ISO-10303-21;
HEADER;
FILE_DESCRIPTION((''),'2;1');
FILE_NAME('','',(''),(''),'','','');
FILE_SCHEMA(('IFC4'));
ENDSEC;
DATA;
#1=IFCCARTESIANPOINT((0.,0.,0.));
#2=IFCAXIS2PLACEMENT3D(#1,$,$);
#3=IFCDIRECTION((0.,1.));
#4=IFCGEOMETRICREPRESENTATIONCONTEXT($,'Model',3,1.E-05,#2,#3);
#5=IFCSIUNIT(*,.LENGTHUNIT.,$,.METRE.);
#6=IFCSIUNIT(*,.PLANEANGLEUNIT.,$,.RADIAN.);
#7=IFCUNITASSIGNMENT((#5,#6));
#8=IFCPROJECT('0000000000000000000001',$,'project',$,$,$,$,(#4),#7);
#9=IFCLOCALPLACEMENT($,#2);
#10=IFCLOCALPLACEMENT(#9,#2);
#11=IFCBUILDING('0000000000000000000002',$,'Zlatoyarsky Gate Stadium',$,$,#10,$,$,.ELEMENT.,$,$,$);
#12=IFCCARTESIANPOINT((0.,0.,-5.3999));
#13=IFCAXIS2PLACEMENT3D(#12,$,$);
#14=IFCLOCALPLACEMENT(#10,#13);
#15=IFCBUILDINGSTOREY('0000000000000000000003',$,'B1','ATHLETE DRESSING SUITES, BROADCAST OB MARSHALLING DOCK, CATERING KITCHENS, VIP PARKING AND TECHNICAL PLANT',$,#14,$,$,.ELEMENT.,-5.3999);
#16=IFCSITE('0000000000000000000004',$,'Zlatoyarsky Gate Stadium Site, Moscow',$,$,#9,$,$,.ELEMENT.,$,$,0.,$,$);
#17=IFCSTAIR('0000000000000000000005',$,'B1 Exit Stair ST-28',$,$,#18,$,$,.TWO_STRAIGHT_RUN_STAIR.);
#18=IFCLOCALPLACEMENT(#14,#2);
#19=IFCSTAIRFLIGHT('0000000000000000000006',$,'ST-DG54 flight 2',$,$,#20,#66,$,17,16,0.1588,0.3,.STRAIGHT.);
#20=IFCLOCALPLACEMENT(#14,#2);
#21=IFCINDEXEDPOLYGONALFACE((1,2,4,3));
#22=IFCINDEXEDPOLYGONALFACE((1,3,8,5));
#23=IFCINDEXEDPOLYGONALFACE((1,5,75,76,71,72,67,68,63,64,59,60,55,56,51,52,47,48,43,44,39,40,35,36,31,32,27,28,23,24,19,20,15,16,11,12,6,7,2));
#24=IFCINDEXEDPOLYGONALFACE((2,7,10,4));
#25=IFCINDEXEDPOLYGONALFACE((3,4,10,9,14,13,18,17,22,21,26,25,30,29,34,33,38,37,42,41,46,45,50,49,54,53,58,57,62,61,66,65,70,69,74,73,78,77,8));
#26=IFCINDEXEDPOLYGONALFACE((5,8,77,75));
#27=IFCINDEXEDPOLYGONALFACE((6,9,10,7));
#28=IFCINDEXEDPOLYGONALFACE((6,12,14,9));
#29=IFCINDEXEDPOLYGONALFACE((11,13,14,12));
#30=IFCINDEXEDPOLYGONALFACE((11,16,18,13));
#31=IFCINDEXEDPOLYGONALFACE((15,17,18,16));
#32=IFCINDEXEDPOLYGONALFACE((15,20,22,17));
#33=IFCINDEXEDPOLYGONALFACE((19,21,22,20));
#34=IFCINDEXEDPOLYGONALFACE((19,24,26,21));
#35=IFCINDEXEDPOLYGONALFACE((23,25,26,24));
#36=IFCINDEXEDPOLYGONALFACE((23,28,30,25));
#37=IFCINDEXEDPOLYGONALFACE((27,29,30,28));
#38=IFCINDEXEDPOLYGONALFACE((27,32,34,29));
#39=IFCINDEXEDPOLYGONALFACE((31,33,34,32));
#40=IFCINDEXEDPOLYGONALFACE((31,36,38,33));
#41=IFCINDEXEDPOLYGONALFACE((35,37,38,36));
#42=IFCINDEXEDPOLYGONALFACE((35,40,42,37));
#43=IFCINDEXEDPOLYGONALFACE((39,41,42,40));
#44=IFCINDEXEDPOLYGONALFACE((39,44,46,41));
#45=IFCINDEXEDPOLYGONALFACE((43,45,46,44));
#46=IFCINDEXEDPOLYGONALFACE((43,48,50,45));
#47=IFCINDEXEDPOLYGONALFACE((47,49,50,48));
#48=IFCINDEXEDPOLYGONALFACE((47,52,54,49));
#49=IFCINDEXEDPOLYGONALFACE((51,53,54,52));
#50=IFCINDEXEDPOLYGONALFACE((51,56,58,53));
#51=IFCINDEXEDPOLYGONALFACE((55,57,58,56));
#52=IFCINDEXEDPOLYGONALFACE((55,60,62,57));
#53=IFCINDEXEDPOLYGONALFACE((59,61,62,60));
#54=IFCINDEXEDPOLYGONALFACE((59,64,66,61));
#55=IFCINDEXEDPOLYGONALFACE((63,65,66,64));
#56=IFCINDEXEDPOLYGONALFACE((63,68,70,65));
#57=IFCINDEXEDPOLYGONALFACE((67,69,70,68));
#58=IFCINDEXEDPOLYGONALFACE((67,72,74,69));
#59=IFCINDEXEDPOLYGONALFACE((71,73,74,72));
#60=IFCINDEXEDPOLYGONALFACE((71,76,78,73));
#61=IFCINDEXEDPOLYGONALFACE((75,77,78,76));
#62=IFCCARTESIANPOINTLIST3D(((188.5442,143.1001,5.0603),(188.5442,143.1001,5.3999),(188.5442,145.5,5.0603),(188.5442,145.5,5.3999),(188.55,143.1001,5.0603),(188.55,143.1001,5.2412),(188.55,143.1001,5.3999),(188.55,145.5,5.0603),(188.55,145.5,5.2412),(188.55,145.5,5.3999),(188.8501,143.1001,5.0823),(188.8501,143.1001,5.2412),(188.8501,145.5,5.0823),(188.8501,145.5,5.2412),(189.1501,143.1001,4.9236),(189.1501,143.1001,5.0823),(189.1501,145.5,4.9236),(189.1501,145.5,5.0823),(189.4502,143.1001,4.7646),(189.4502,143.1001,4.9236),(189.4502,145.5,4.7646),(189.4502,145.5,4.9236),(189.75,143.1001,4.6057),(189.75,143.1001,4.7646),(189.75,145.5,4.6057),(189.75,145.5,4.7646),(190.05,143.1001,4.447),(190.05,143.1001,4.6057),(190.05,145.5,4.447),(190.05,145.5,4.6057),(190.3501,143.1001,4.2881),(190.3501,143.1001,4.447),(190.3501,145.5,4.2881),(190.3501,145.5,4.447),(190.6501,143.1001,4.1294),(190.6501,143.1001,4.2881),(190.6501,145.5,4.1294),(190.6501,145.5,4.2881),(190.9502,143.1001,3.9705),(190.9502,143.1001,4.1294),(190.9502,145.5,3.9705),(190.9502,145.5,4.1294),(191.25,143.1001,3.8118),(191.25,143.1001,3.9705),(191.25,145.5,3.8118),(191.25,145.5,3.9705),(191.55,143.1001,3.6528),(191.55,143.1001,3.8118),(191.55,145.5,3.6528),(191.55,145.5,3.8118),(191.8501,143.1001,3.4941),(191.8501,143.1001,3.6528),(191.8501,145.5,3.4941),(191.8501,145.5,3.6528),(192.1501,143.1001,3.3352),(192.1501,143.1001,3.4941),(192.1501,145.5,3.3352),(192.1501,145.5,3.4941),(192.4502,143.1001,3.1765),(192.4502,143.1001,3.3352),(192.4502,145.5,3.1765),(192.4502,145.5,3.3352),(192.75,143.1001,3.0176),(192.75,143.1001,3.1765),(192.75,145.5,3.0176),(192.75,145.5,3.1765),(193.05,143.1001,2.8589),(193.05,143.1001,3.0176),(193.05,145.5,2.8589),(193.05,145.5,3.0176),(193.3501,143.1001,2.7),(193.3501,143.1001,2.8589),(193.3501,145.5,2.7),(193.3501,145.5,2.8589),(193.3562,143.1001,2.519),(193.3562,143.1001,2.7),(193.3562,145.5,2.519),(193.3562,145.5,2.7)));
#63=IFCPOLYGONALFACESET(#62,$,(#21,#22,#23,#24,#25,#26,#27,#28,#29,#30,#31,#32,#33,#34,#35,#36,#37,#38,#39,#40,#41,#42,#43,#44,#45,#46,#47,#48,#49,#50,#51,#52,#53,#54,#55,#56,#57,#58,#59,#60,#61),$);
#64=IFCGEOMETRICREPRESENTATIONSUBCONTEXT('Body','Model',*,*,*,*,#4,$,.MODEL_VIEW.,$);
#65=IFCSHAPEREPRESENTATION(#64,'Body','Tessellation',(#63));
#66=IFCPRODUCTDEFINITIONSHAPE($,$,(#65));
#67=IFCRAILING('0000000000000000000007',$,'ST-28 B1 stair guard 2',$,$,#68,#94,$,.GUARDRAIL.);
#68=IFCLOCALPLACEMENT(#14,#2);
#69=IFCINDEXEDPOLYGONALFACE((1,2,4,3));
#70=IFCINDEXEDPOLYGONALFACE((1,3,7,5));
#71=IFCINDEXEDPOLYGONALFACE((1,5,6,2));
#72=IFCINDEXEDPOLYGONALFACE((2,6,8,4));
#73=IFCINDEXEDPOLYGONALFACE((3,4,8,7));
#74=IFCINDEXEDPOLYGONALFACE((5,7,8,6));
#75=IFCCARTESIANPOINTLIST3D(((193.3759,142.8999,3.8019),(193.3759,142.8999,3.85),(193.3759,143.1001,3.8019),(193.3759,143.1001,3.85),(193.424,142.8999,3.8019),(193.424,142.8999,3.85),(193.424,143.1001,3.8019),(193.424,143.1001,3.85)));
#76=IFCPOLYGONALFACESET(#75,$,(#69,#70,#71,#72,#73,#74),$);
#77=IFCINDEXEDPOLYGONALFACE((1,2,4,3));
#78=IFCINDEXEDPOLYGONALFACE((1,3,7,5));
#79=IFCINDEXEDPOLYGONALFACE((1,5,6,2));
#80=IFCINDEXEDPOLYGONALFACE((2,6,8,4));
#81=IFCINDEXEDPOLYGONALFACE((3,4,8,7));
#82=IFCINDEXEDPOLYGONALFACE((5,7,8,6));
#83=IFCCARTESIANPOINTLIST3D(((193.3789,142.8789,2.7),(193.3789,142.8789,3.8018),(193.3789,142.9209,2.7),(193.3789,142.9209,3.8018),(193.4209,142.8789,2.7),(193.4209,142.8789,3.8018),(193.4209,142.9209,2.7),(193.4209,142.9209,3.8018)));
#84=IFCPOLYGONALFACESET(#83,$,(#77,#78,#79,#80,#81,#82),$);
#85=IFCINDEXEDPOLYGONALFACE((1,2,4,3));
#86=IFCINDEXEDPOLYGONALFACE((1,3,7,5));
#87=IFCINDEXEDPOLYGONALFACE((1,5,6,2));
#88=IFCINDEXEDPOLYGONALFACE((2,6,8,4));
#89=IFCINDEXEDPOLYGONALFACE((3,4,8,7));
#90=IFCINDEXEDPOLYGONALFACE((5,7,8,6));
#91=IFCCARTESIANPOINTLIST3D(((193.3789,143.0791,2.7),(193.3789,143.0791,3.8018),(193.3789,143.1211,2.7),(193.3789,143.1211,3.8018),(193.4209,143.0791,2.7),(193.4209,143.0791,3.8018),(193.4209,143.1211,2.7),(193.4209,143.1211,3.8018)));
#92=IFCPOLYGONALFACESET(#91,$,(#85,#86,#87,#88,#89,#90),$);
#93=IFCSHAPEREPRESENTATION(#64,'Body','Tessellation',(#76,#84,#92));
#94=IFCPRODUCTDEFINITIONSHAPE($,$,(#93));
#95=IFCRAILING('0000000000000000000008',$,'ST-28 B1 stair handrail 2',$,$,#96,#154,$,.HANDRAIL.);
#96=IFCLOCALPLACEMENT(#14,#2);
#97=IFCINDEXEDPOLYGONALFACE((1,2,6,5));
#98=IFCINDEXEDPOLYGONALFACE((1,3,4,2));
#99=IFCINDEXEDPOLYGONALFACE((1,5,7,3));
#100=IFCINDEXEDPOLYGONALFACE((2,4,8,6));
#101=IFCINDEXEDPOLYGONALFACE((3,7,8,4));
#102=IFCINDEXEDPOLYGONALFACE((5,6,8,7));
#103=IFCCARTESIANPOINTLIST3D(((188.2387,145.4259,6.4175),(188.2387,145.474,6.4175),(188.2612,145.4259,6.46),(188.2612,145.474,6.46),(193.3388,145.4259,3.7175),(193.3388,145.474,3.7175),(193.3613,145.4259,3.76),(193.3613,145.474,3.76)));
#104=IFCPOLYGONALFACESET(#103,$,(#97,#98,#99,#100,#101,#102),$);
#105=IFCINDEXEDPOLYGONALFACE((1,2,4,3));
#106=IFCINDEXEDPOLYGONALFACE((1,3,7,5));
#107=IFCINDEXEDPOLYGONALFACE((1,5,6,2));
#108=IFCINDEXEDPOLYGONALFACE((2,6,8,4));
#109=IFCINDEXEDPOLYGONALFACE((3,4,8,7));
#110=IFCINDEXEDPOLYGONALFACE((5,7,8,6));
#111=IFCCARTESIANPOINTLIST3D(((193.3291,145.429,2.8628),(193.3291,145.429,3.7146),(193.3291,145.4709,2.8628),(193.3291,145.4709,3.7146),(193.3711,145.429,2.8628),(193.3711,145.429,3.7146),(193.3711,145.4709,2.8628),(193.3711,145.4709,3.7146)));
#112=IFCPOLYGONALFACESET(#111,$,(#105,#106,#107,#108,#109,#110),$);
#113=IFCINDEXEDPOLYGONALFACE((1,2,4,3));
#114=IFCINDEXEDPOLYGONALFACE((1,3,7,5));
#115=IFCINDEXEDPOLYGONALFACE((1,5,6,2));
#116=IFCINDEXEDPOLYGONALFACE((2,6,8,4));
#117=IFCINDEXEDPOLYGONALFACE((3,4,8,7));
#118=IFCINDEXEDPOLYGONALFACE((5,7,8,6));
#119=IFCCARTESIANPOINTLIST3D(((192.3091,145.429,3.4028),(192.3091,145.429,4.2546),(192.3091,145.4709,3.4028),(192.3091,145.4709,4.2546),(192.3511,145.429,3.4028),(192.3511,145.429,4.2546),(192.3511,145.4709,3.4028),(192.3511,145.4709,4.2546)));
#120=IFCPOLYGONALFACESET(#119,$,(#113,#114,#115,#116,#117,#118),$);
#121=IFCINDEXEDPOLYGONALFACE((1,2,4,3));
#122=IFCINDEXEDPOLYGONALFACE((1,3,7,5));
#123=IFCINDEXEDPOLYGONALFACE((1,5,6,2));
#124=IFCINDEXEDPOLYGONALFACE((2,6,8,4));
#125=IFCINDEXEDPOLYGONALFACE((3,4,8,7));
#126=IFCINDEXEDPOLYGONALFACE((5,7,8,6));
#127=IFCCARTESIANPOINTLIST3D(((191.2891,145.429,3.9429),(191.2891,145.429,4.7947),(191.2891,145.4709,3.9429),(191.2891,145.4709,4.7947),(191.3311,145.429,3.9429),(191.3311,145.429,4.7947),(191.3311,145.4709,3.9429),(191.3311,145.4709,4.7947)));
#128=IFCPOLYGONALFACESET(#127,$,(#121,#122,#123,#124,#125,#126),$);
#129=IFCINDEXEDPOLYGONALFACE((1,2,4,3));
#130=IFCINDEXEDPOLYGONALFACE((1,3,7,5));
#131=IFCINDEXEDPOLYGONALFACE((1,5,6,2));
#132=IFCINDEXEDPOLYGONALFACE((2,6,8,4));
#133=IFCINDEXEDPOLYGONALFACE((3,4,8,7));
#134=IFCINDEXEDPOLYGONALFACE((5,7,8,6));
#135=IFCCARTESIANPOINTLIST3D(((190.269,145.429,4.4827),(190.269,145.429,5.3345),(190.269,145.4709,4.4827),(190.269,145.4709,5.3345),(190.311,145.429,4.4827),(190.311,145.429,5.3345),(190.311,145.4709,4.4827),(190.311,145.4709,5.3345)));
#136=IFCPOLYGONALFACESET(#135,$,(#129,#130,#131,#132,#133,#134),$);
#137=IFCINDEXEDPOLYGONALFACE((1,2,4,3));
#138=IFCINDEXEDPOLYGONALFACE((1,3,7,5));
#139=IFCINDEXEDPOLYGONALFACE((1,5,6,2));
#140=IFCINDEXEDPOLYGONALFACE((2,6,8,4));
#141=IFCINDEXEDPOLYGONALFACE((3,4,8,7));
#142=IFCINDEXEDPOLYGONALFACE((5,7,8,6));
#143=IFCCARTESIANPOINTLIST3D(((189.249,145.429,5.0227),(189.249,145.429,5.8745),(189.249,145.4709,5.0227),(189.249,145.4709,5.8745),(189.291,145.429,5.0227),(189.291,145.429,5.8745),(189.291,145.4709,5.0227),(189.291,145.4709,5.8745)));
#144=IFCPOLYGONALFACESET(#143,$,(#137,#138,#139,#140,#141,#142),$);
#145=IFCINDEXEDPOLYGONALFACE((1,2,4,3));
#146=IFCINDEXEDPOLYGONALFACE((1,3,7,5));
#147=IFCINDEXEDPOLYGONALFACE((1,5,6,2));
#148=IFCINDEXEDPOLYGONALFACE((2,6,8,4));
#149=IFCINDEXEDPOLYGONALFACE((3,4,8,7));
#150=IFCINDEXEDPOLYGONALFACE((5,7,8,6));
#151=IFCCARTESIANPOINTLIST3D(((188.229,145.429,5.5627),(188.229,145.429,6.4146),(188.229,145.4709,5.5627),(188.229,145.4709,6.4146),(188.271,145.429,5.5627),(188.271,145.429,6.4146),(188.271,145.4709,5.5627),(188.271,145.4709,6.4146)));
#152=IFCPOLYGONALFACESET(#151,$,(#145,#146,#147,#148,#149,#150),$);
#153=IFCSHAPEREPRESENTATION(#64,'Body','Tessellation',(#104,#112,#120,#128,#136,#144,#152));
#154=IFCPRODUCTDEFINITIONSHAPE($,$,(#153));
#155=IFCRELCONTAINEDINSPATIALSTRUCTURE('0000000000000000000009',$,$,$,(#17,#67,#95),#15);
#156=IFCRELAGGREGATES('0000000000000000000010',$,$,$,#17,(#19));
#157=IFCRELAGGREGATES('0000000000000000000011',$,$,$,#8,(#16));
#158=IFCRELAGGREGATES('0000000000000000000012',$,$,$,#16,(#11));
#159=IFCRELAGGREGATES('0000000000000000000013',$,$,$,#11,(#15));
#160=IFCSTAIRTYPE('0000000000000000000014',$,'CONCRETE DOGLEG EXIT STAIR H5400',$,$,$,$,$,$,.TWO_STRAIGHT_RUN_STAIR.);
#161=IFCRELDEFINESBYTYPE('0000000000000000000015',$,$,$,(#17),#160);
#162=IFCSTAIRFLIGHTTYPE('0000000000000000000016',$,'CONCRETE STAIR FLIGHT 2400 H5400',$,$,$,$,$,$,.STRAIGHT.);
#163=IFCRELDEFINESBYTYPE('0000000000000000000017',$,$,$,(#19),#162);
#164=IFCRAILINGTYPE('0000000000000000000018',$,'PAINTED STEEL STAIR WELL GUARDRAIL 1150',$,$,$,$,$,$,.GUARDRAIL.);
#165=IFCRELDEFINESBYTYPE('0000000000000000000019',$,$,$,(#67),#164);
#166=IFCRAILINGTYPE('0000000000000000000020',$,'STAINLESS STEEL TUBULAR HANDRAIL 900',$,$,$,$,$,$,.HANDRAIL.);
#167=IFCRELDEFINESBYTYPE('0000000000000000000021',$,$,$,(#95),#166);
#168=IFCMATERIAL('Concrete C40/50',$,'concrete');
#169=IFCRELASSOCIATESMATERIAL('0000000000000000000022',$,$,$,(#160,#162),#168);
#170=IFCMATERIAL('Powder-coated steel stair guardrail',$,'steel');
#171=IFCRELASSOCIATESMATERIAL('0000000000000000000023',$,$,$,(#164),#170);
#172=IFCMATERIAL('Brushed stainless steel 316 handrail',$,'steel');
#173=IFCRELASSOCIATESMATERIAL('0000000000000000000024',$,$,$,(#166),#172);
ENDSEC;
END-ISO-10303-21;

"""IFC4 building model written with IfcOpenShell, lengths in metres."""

from ifc_helpers import new_model, si_unit, direction, frame, origin, origin_2d, place, context, subcontext, project, spatial, polyline, rectangle, outline, extrude, material, type_object, element, aggregate, save


model = new_model("IFC4")

# Units and contexts
model_context = context("Model", 3, precision=1e-05, world=origin(), true_north=direction((0.0, 1.0)))
body_context = subcontext(model_context, "Body", "Model", "MODEL_VIEW")
ifc_project = project(units=[si_unit("LENGTHUNIT", "METRE"), si_unit("PLANEANGLEUNIT", "RADIAN")], contexts=[model_context])

# Site, building, storey
site_placement = place(None, origin())
site = spatial("IfcSite", under=ifc_project, at=site_placement, Name="Zlatoyarsky Gate Stadium Site, Moscow", CompositionType="ELEMENT", RefElevation=0.0)
building_placement = place(site_placement, origin())
building = spatial("IfcBuilding", under=site, at=building_placement, Name="Zlatoyarsky Gate Stadium", CompositionType="ELEMENT")
storey_placement = place(building_placement, frame((0.0, 0.0, -5.3999)))
storey = spatial("IfcBuildingStorey", under=building, at=storey_placement, Name="B1", Description="ATHLETE DRESSING SUITES, BROADCAST OB MARSHALLING DOCK, CATERING KITCHENS, VIP PARKING AND TECHNICAL PLANT", CompositionType="ELEMENT", Elevation=-5.3999)

# Shared definitions
ifc_material_1 = material(Name="Concrete C40/50", Category="concrete")

# Stair, stair flight
stair_type = type_object("IfcStairType", Name="CONCRETE DOGLEG EXIT STAIR H5400", PredefinedType="TWO_STRAIGHT_RUN_STAIR", material=ifc_material_1)
stair_placement = place(storey_placement, origin())
stair = element("IfcStair", 1, at=stair_placement, inside=storey, type_object=stair_type, Name="B1 Exit Stair ST-28", PredefinedType="TWO_STRAIGHT_RUN_STAIR")
stair_flight_type = type_object("IfcStairFlightType", Name="CONCRETE STAIR FLIGHT 2400 H5400", PredefinedType="STRAIGHT", material=ifc_material_1)
stair_flight_placement = place(storey_placement, frame((193.3501, 144.3, 2.7), z_axis=(0.0, 0.0, 1.0), x_axis=(-1.0, 0.0, 0.0)))
stair_flight = element("IfcStairFlight", 2, at=stair_flight_placement, type_object=stair_flight_type, Name="ST-DG54 flight 2", NumberOfRisers=17, NumberOfTreads=16, PredefinedType="STRAIGHT", RiserHeight=0.1588, TreadLength=0.3, context=body_context, shape_type="SweptSolid", body=[
    extrude(outline(polyline([(-0.0061, -0.1809), (-0.0061, 0.0), (0.0, 0.0), (0.0, 0.1589), (0.3, 0.1589), (0.3, 0.3176), (0.6001, 0.3176), (0.6001, 0.4766), (0.8999, 0.4766), (0.8999, 0.6353), (1.2, 0.6353), (1.2, 0.7942), (1.5, 0.7942), (1.5, 0.9529), (1.8, 0.9529), (1.8, 1.1118), (2.1001, 1.1118), (2.1001, 1.2705), (2.3999, 1.2705), (2.3999, 1.4294), (2.7, 1.4294), (2.7, 1.5881), (3.0, 1.5881), (3.0, 1.7471), (3.3, 1.7471), (3.3, 1.9058), (3.6001, 1.9058), (3.6001, 2.0647), (3.8999, 2.0647), (3.8999, 2.2236), (4.2, 2.2236), (4.2, 2.3823), (4.5, 2.3823), (4.5, 2.5413), (4.8, 2.5413), (4.8, 2.7), (4.8059, 2.7), (4.8059, 2.3604), (4.8, 2.3604), (-0.0061, -0.1809)])), frame((0.0, 1.2, 0.0), z_axis=(0.0, -1.0, 0.0), x_axis=(1.0, 0.0, 0.0)), (0.0, 0.0, 1.0), 2.3999),
])
aggregate(stair, [stair_flight])

# Railings
ifc_material_2 = material(Name="Powder-coated steel stair guardrail", Category="steel")
railing_type_1 = type_object("IfcRailingType", Name="PAINTED STEEL STAIR WELL GUARDRAIL 1150", PredefinedType="GUARDRAIL", material=ifc_material_2)
railing_1_placement = place(storey_placement, frame((193.3999, 142.8999, 2.7)))
element("IfcRailing", 3, at=railing_1_placement, inside=storey, type_object=railing_type_1, Name="ST-28 B1 stair guard 2", PredefinedType="GUARDRAIL", context=body_context, shape_type="SweptSolid", body=[
    extrude(rectangle(XDim=0.0481, YDim=0.0481, at=origin_2d()), frame((0.0, 0.0, 1.126), z_axis=(0.0, 1.0, 0.0), x_axis=(-1.0, 0.0, 0.0)), (0.0, 0.0, 1.0), 0.2002),
    extrude(rectangle(XDim=0.042, YDim=0.042, at=origin_2d()), origin(), (0.0, 0.0, 1.0), 1.1018),
    extrude(rectangle(XDim=0.042, YDim=0.042, at=origin_2d()), frame((0.0, 0.2002, 0.0)), (0.0, 0.0, 1.0), 1.1018),
])
ifc_material_3 = material(Name="Brushed stainless steel 316 handrail", Category="steel")
railing_type_2 = type_object("IfcRailingType", Name="STAINLESS STEEL TUBULAR HANDRAIL 900", PredefinedType="HANDRAIL", material=ifc_material_3)
railing_2_placement = place(storey_placement, frame((193.3501, 145.45, 2.8628)))
element("IfcRailing", 4, at=railing_2_placement, inside=storey, type_object=railing_type_2, Name="ST-28 B1 stair handrail 2", PredefinedType="HANDRAIL", context=body_context, shape_type="SweptSolid", body=[
    extrude(rectangle(XDim=0.0481, YDim=0.0481, at=origin_2d()), frame((0.0, 0.0, 0.876), z_axis=(-0.883795, 0.0, 0.467874), x_axis=(0.0, -1.0, 0.0)), (0.0, 0.0, 1.0), 5.7708),
    extrude(rectangle(XDim=0.042, YDim=0.042, at=origin_2d()), origin(), (0.0, 0.0, 1.0), 0.8518),
    extrude(rectangle(XDim=0.042, YDim=0.042, at=origin_2d()), frame((-1.02, 0.0, 0.54)), (0.0, 0.0, 1.0), 0.8518),
    extrude(rectangle(XDim=0.042, YDim=0.042, at=origin_2d()), frame((-2.04, 0.0, 1.0801)), (0.0, 0.0, 1.0), 0.8518),
    extrude(rectangle(XDim=0.042, YDim=0.042, at=origin_2d()), frame((-3.0601, 0.0, 1.6199)), (0.0, 0.0, 1.0), 0.8518),
    extrude(rectangle(XDim=0.042, YDim=0.042, at=origin_2d()), frame((-4.0801, 0.0, 2.1599)), (0.0, 0.0, 1.0), 0.8518),
    extrude(rectangle(XDim=0.042, YDim=0.042, at=origin_2d()), frame((-5.1001, 0.0, 2.7)), (0.0, 0.0, 1.0), 0.8518),
])

save(model, "model.ifc")
